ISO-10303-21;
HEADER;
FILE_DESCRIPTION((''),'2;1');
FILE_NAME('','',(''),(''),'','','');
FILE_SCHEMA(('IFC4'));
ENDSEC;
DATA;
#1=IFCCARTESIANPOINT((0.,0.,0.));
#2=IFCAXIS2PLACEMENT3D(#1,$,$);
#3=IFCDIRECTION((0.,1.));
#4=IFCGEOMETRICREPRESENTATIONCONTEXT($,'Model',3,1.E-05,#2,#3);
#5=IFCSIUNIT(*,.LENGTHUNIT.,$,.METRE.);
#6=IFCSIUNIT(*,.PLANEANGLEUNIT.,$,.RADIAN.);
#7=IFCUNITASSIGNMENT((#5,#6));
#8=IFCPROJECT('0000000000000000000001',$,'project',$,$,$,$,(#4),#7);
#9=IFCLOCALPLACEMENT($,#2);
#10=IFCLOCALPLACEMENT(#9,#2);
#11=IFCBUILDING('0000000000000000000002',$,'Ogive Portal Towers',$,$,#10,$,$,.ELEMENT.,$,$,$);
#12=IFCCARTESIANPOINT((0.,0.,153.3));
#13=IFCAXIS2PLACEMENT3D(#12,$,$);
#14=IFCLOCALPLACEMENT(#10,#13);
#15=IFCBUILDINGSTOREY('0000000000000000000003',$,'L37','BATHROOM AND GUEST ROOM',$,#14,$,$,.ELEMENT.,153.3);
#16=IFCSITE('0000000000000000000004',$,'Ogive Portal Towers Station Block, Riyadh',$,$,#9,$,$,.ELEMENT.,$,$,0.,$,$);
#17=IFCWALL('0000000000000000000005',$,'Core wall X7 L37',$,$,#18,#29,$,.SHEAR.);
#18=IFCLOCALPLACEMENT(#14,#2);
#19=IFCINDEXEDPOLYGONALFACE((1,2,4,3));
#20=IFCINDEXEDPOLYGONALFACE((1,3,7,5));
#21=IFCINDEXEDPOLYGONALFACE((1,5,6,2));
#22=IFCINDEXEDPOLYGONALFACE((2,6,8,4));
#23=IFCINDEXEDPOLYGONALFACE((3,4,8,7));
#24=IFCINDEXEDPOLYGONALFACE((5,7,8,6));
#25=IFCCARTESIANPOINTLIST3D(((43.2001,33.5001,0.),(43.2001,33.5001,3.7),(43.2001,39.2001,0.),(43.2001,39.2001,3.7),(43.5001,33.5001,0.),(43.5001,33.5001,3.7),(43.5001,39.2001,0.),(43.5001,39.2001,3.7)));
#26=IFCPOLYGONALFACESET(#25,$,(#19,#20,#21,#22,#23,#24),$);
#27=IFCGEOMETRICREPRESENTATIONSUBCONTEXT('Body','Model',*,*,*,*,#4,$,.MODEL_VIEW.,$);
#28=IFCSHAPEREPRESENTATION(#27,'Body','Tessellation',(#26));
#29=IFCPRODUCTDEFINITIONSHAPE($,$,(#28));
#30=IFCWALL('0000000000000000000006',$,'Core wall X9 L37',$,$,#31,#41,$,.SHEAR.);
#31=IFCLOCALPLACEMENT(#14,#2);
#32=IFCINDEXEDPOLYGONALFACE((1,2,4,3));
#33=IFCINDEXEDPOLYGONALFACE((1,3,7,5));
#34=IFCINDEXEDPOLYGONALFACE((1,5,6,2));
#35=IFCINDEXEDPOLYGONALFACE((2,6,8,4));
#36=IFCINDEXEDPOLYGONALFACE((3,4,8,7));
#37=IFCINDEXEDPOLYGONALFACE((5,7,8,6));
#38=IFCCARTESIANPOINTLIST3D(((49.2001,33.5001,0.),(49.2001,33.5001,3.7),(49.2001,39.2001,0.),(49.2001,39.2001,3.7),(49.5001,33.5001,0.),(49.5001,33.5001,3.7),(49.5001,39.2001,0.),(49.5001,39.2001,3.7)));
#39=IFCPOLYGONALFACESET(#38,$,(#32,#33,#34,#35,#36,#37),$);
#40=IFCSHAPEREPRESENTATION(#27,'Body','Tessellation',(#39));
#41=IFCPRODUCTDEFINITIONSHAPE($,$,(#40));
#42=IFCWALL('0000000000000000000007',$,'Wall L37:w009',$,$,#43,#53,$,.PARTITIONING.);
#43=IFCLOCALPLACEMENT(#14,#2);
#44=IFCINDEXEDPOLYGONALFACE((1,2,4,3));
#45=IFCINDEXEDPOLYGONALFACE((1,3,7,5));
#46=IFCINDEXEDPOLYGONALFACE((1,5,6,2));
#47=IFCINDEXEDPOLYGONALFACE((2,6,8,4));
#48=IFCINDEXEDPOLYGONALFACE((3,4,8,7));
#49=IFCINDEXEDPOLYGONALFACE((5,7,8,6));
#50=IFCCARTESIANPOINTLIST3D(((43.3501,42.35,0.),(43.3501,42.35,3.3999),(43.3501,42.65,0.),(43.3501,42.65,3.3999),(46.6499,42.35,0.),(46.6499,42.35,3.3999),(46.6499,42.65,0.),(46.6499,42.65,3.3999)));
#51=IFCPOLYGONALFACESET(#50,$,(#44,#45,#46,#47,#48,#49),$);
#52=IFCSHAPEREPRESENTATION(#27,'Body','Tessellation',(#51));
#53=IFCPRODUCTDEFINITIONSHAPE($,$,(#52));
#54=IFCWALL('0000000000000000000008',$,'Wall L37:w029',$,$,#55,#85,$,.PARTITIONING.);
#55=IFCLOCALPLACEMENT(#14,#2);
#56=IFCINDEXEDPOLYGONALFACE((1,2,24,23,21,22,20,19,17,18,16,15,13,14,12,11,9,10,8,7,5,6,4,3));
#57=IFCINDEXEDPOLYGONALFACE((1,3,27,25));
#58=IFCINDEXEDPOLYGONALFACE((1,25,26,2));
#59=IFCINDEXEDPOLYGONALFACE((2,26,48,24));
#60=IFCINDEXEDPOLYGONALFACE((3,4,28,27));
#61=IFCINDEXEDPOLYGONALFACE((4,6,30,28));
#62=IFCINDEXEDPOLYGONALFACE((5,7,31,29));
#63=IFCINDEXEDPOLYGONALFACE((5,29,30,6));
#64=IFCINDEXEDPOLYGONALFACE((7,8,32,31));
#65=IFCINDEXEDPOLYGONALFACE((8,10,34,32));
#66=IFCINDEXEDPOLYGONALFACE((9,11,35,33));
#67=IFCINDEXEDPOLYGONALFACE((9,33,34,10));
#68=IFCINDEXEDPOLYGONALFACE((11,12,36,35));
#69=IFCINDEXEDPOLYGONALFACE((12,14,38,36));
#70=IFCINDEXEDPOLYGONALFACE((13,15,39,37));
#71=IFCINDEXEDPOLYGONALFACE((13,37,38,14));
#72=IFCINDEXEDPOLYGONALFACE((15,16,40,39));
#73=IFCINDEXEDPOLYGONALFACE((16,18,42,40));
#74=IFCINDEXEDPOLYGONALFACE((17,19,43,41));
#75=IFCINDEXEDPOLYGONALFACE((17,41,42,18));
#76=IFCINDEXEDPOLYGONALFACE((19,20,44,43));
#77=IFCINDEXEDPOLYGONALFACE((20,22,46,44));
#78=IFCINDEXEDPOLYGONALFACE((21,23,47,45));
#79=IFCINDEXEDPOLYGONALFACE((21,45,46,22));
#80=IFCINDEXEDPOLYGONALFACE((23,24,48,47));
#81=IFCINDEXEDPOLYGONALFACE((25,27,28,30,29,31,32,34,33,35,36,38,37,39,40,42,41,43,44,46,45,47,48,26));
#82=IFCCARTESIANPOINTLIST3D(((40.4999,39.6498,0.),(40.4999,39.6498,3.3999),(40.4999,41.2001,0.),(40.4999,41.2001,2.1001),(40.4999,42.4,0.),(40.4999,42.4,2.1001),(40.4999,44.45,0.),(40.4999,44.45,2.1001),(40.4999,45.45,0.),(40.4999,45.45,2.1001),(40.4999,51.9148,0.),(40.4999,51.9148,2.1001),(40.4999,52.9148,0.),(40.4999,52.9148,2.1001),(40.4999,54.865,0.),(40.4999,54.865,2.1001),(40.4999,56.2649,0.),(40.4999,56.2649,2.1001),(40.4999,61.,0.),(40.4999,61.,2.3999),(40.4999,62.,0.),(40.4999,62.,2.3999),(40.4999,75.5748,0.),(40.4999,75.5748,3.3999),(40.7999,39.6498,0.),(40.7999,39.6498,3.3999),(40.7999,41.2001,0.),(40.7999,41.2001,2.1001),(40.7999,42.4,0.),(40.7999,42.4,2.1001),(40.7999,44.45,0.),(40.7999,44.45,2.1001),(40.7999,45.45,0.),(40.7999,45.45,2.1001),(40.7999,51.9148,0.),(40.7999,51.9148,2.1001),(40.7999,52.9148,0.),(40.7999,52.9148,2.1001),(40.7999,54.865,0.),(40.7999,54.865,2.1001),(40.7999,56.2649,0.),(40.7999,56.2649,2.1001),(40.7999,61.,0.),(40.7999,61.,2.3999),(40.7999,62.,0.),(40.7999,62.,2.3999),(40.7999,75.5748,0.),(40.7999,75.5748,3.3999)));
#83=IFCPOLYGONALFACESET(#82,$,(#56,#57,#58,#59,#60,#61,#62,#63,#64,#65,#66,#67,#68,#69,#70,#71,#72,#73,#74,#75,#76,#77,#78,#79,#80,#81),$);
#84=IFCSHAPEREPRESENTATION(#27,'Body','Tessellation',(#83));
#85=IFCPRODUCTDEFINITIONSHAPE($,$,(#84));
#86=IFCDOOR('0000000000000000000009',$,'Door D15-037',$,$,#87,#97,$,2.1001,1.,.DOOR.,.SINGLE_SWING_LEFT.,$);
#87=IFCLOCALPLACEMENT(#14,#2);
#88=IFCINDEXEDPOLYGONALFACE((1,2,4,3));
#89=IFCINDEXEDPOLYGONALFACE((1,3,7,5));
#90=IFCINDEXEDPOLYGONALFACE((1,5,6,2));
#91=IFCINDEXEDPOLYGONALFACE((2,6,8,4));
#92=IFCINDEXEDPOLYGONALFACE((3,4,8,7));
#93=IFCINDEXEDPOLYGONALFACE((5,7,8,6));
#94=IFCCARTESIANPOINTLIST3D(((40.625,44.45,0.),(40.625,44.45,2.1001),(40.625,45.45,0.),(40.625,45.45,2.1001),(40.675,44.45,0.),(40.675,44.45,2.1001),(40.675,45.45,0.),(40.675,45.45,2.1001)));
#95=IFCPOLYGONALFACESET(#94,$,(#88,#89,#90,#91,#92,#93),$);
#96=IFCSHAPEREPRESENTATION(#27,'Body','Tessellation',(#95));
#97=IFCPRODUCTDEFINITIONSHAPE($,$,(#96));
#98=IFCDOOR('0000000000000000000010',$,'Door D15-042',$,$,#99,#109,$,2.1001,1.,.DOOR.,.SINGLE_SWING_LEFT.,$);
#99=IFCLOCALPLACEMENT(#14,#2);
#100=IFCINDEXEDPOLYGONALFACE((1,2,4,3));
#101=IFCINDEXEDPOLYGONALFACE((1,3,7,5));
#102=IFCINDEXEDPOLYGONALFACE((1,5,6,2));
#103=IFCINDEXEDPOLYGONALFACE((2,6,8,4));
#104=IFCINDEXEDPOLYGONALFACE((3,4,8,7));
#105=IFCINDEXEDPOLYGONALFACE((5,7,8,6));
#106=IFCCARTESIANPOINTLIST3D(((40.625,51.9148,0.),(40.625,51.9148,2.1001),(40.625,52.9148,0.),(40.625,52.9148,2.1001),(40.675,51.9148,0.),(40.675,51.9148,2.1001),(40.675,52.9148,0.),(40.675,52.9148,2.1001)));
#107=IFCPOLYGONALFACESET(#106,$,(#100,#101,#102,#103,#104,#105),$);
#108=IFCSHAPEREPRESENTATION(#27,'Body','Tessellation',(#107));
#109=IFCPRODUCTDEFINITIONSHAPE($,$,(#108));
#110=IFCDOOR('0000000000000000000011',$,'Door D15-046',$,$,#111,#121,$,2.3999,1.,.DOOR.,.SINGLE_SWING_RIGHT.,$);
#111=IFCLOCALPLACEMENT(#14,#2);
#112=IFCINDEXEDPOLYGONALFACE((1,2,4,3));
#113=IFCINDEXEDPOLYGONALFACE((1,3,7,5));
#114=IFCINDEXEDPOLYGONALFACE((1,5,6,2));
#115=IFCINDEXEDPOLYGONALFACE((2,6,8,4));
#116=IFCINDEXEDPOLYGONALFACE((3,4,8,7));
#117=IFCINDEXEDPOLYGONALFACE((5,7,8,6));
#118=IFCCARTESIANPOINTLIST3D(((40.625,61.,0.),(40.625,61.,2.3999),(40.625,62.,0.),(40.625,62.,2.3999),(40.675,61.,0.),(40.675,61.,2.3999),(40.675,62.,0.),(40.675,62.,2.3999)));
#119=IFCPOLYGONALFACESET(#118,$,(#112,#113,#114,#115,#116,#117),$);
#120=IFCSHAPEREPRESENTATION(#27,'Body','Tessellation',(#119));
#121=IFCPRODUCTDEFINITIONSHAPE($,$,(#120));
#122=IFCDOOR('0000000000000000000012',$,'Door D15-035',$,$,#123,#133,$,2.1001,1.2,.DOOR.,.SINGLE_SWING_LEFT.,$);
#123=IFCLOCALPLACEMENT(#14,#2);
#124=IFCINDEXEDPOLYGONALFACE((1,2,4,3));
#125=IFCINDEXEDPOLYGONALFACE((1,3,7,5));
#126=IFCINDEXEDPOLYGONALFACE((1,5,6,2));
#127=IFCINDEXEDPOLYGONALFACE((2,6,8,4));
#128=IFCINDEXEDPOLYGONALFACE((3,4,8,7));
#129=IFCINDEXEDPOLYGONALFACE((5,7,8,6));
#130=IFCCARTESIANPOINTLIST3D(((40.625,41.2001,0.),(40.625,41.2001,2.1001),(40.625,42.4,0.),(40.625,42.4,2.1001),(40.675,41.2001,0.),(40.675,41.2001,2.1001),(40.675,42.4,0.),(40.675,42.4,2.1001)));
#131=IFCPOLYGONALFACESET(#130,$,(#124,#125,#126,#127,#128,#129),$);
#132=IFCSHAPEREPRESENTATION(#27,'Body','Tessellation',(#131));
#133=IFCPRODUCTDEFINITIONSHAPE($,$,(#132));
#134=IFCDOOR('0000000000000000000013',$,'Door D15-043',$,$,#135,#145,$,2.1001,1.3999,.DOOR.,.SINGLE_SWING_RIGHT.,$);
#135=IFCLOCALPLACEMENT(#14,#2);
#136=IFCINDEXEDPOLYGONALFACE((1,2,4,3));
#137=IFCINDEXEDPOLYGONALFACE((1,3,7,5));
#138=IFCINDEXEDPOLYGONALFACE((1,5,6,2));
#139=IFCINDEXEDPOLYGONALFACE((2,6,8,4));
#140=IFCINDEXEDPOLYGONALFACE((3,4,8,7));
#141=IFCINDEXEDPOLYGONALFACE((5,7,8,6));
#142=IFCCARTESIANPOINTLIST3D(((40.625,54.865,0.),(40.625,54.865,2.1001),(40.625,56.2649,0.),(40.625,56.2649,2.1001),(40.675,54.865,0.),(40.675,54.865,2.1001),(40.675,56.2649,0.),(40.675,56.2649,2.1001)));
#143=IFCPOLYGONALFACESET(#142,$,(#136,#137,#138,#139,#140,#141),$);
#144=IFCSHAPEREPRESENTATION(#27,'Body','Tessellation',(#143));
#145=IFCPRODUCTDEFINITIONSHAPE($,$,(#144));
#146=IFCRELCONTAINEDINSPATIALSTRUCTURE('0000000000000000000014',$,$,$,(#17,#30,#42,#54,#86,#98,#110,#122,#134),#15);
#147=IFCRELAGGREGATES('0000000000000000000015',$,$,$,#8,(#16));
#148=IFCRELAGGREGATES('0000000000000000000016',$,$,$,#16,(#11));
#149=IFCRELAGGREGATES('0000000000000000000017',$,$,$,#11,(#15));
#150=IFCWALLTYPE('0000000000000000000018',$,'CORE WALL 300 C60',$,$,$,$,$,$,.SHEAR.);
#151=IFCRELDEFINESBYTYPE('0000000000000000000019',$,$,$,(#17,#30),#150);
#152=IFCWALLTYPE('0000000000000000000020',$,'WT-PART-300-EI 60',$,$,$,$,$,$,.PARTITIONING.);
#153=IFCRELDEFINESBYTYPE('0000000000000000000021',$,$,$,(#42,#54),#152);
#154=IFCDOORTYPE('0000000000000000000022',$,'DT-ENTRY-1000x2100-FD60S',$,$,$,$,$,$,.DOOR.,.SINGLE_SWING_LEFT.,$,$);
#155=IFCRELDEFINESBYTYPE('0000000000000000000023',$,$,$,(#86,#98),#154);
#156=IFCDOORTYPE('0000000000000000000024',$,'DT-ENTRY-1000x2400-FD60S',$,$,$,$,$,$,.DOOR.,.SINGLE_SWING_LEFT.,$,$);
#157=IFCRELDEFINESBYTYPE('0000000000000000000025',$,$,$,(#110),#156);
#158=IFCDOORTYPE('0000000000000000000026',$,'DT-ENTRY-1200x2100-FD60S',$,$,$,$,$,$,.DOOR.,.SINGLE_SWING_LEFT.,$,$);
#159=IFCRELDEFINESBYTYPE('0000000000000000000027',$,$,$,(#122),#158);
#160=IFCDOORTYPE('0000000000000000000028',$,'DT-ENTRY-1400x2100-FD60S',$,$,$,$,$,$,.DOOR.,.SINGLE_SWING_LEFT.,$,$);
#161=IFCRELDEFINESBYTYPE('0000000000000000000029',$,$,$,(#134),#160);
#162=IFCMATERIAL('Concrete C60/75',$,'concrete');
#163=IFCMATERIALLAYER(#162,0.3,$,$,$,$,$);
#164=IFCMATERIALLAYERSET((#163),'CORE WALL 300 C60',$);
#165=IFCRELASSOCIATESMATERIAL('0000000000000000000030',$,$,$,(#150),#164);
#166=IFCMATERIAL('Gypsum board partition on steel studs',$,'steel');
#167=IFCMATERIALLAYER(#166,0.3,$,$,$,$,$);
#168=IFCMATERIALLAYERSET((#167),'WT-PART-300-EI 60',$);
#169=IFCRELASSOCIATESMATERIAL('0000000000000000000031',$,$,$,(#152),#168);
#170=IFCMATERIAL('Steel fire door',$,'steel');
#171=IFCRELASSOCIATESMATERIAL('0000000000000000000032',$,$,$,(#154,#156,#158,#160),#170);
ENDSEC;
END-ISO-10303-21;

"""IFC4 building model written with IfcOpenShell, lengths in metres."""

from ifc_helpers import new_model, si_unit, direction, frame, frame_2d, origin, place, context, subcontext, project, spatial, rectangle, extrude, material, layer, layer_set, type_object, element, fill, save


model = new_model("IFC4")

# Units and contexts
model_context = context("Model", 3, precision=1e-05, world=origin(), true_north=direction((0.0, 1.0)))
body_context = subcontext(model_context, "Body", "Model", "MODEL_VIEW")
ifc_project = project(units=[si_unit("LENGTHUNIT", "METRE"), si_unit("PLANEANGLEUNIT", "RADIAN")], contexts=[model_context])

# Site, building, storey
site_placement = place(None, origin())
site = spatial("IfcSite", under=ifc_project, at=site_placement, Name="Ogive Portal Towers Station Block, Riyadh", CompositionType="ELEMENT", RefElevation=0.0)
building_placement = place(site_placement, origin())
building = spatial("IfcBuilding", under=site, at=building_placement, Name="Ogive Portal Towers", CompositionType="ELEMENT")
storey_placement = place(building_placement, frame((0.0, 0.0, 153.3)))
storey = spatial("IfcBuildingStorey", under=building, at=storey_placement, Name="L37", Description="BATHROOM AND GUEST ROOM", CompositionType="ELEMENT", Elevation=153.3)

# Shared definitions
ifc_material_1 = material(Name="Concrete C60/75", Category="concrete")
ifc_layer_1 = layer(ifc_material_1, 0.3)
ifc_layer_set_1 = layer_set([ifc_layer_1], Name="CORE WALL 300 C60")
wall_type_1 = type_object("IfcWallType", Name="CORE WALL 300 C60", PredefinedType="SHEAR", material=ifc_layer_set_1)
ifc_material_2 = material(Name="Steel fire door", Category="steel")

# Walls
for number, where, z_axis, x_axis, name in (
    (1, (43.3501, 33.5, 0.0), (0.0, 0.0, 1.0), (0.0, 1.0, 0.0), "Core wall X7 L37"),
    (2, (49.3501, 33.5, 0.0), (0.0, 0.0, 1.0), (0.0, 1.0, 0.0), "Core wall X9 L37"),
):
    element("IfcWall", number, at=place(storey_placement, frame(where, z_axis=z_axis, x_axis=x_axis)), inside=storey, type_object=wall_type_1, Name=name, PredefinedType="SHEAR", context=body_context, shape_type="SweptSolid", body=[
        extrude(rectangle(XDim=5.7, YDim=0.3, at=frame_2d((2.8501, 0.0))), origin(), (0.0, 0.0, 1.0), 3.7),
    ])
ifc_material_3 = material(Name="Gypsum board partition on steel studs", Category="steel")
ifc_layer_2 = layer(ifc_material_3, 0.3)
ifc_layer_set_2 = layer_set([ifc_layer_2], Name="WT-PART-300-EI 60")
wall_type_2 = type_object("IfcWallType", Name="WT-PART-300-EI 60", PredefinedType="PARTITIONING", material=ifc_layer_set_2)
wall_1_placement = place(storey_placement, frame((43.3501, 42.5, 0.0), z_axis=(0.0, 0.0, 1.0), x_axis=(1.0, 0.0, 0.0)))
element("IfcWall", 3, at=wall_1_placement, inside=storey, type_object=wall_type_2, Name="Wall L37:w009", PredefinedType="PARTITIONING", context=body_context, shape_type="SweptSolid", body=[
    extrude(rectangle(XDim=3.2998, YDim=0.3, at=frame_2d((1.6499, 0.0))), origin(), (0.0, 0.0, 1.0), 3.3999),
])

# Wall, openings, doors
wall_2_placement = place(storey_placement, frame((40.6499, 39.6499, 0.0), z_axis=(0.0, 0.0, 1.0), x_axis=(0.0, 1.0, 0.0)))
wall_2 = element("IfcWall", 4, at=wall_2_placement, inside=storey, type_object=wall_type_2, Name="Wall L37:w029", PredefinedType="PARTITIONING", context=body_context, shape_type="SweptSolid", body=[
    extrude(rectangle(XDim=35.925, YDim=0.3, at=frame_2d((17.9624, 0.0))), origin(), (0.0, 0.0, 1.0), 3.3999),
])
opening_1_placement = place(wall_2_placement, frame((1.55, 0.0, 0.0)))
opening_1 = element("IfcOpeningElement", 5, at=opening_1_placement, cuts=wall_2, PredefinedType="OPENING", context=body_context, shape_type="SweptSolid", body=[
    extrude(rectangle(XDim=1.2, YDim=2.1001, at=frame_2d((0.6001, 1.05))), frame((0.0, 0.1602, 0.0), z_axis=(0.0, -1.0, 0.0), x_axis=(1.0, 0.0, 0.0)), (0.0, 0.0, 1.0), 0.3201),
])
opening_2_placement = place(wall_2_placement, frame((4.8, 0.0, 0.0)))
opening_2 = element("IfcOpeningElement", 6, at=opening_2_placement, cuts=wall_2, PredefinedType="OPENING", context=body_context, shape_type="SweptSolid", body=[
    extrude(rectangle(XDim=1.0, YDim=2.1001, at=frame_2d((0.5, 1.05))), frame((0.0, 0.1602, 0.0), z_axis=(0.0, -1.0, 0.0), x_axis=(1.0, 0.0, 0.0)), (0.0, 0.0, 1.0), 0.3201),
])
opening_3_placement = place(wall_2_placement, frame((12.2649, 0.0, 0.0)))
opening_3 = element("IfcOpeningElement", 7, at=opening_3_placement, cuts=wall_2, PredefinedType="OPENING", context=body_context, shape_type="SweptSolid", body=[
    extrude(rectangle(XDim=1.0, YDim=2.1001, at=frame_2d((0.5, 1.05))), frame((0.0, 0.1602, 0.0), z_axis=(0.0, -1.0, 0.0), x_axis=(1.0, 0.0, 0.0)), (0.0, 0.0, 1.0), 0.3201),
])
opening_4_placement = place(wall_2_placement, frame((15.2151, 0.0, 0.0)))
opening_4 = element("IfcOpeningElement", 8, at=opening_4_placement, cuts=wall_2, PredefinedType="OPENING", context=body_context, shape_type="SweptSolid", body=[
    extrude(rectangle(XDim=1.3999, YDim=2.1001, at=frame_2d((0.7, 1.05))), frame((0.0, 0.1602, 0.0), z_axis=(0.0, -1.0, 0.0), x_axis=(1.0, 0.0, 0.0)), (0.0, 0.0, 1.0), 0.3201),
])
opening_5_placement = place(wall_2_placement, frame((21.3501, 0.0, 0.0)))
opening_5 = element("IfcOpeningElement", 9, at=opening_5_placement, cuts=wall_2, PredefinedType="OPENING", context=body_context, shape_type="SweptSolid", body=[
    extrude(rectangle(XDim=1.0, YDim=2.3999, at=frame_2d((0.5, 1.2))), frame((0.0, 0.1602, 0.0), z_axis=(0.0, -1.0, 0.0), x_axis=(1.0, 0.0, 0.0)), (0.0, 0.0, 1.0), 0.3201),
])
door_type_1 = type_object("IfcDoorType", Name="DT-ENTRY-1000x2100-FD60S", OperationType="SINGLE_SWING_LEFT", PredefinedType="DOOR", material=ifc_material_2)
door_1_placement = place(opening_2_placement, origin())
door_1 = element("IfcDoor", 10, at=door_1_placement, inside=storey, type_object=door_type_1, Name="Door D15-037", OperationType="SINGLE_SWING_LEFT", OverallHeight=2.1001, OverallWidth=1.0, PredefinedType="DOOR", context=body_context, shape_type="SweptSolid", body=[
    extrude(rectangle(XDim=1.0, YDim=2.1001, at=frame_2d((0.5, 1.05))), frame((0.0, 0.0249, 0.0), z_axis=(0.0, -1.0, 0.0), x_axis=(1.0, 0.0, 0.0)), (0.0, 0.0, 1.0), 0.05),
])
fill(opening_2, door_1)
door_2_placement = place(opening_3_placement, origin())
door_2 = element("IfcDoor", 11, at=door_2_placement, inside=storey, type_object=door_type_1, Name="Door D15-042", OperationType="SINGLE_SWING_LEFT", OverallHeight=2.1001, OverallWidth=1.0, PredefinedType="DOOR", context=body_context, shape_type="SweptSolid", body=[
    extrude(rectangle(XDim=1.0, YDim=2.1001, at=frame_2d((0.5, 1.05))), frame((0.0, 0.0249, 0.0), z_axis=(0.0, -1.0, 0.0), x_axis=(1.0, 0.0, 0.0)), (0.0, 0.0, 1.0), 0.05),
])
fill(opening_3, door_2)
door_type_2 = type_object("IfcDoorType", Name="DT-ENTRY-1000x2400-FD60S", OperationType="SINGLE_SWING_LEFT", PredefinedType="DOOR", material=ifc_material_2)
door_3_placement = place(opening_5_placement, origin())
door_3 = element("IfcDoor", 12, at=door_3_placement, inside=storey, type_object=door_type_2, Name="Door D15-046", OperationType="SINGLE_SWING_RIGHT", OverallHeight=2.3999, OverallWidth=1.0, PredefinedType="DOOR", context=body_context, shape_type="SweptSolid", body=[
    extrude(rectangle(XDim=1.0, YDim=2.3999, at=frame_2d((0.5, 1.2))), frame((0.0, 0.0249, 0.0), z_axis=(0.0, -1.0, 0.0), x_axis=(1.0, 0.0, 0.0)), (0.0, 0.0, 1.0), 0.05),
])
fill(opening_5, door_3)
door_type_3 = type_object("IfcDoorType", Name="DT-ENTRY-1200x2100-FD60S", OperationType="SINGLE_SWING_LEFT", PredefinedType="DOOR", material=ifc_material_2)
door_4_placement = place(opening_1_placement, origin())
door_4 = element("IfcDoor", 13, at=door_4_placement, inside=storey, type_object=door_type_3, Name="Door D15-035", OperationType="SINGLE_SWING_LEFT", OverallHeight=2.1001, OverallWidth=1.2, PredefinedType="DOOR", context=body_context, shape_type="SweptSolid", body=[
    extrude(rectangle(XDim=1.2, YDim=2.1001, at=frame_2d((0.6001, 1.05))), frame((0.0, 0.0249, 0.0), z_axis=(0.0, -1.0, 0.0), x_axis=(1.0, 0.0, 0.0)), (0.0, 0.0, 1.0), 0.05),
])
fill(opening_1, door_4)
door_type_4 = type_object("IfcDoorType", Name="DT-ENTRY-1400x2100-FD60S", OperationType="SINGLE_SWING_LEFT", PredefinedType="DOOR", material=ifc_material_2)
door_5_placement = place(opening_4_placement, origin())
door_5 = element("IfcDoor", 14, at=door_5_placement, inside=storey, type_object=door_type_4, Name="Door D15-043", OperationType="SINGLE_SWING_RIGHT", OverallHeight=2.1001, OverallWidth=1.3999, PredefinedType="DOOR", context=body_context, shape_type="SweptSolid", body=[
    extrude(rectangle(XDim=1.3999, YDim=2.1001, at=frame_2d((0.7, 1.05))), frame((0.0, 0.0249, 0.0), z_axis=(0.0, -1.0, 0.0), x_axis=(1.0, 0.0, 0.0)), (0.0, 0.0, 1.0), 0.05),
])
fill(opening_4, door_5)

save(model, "model.ifc")
